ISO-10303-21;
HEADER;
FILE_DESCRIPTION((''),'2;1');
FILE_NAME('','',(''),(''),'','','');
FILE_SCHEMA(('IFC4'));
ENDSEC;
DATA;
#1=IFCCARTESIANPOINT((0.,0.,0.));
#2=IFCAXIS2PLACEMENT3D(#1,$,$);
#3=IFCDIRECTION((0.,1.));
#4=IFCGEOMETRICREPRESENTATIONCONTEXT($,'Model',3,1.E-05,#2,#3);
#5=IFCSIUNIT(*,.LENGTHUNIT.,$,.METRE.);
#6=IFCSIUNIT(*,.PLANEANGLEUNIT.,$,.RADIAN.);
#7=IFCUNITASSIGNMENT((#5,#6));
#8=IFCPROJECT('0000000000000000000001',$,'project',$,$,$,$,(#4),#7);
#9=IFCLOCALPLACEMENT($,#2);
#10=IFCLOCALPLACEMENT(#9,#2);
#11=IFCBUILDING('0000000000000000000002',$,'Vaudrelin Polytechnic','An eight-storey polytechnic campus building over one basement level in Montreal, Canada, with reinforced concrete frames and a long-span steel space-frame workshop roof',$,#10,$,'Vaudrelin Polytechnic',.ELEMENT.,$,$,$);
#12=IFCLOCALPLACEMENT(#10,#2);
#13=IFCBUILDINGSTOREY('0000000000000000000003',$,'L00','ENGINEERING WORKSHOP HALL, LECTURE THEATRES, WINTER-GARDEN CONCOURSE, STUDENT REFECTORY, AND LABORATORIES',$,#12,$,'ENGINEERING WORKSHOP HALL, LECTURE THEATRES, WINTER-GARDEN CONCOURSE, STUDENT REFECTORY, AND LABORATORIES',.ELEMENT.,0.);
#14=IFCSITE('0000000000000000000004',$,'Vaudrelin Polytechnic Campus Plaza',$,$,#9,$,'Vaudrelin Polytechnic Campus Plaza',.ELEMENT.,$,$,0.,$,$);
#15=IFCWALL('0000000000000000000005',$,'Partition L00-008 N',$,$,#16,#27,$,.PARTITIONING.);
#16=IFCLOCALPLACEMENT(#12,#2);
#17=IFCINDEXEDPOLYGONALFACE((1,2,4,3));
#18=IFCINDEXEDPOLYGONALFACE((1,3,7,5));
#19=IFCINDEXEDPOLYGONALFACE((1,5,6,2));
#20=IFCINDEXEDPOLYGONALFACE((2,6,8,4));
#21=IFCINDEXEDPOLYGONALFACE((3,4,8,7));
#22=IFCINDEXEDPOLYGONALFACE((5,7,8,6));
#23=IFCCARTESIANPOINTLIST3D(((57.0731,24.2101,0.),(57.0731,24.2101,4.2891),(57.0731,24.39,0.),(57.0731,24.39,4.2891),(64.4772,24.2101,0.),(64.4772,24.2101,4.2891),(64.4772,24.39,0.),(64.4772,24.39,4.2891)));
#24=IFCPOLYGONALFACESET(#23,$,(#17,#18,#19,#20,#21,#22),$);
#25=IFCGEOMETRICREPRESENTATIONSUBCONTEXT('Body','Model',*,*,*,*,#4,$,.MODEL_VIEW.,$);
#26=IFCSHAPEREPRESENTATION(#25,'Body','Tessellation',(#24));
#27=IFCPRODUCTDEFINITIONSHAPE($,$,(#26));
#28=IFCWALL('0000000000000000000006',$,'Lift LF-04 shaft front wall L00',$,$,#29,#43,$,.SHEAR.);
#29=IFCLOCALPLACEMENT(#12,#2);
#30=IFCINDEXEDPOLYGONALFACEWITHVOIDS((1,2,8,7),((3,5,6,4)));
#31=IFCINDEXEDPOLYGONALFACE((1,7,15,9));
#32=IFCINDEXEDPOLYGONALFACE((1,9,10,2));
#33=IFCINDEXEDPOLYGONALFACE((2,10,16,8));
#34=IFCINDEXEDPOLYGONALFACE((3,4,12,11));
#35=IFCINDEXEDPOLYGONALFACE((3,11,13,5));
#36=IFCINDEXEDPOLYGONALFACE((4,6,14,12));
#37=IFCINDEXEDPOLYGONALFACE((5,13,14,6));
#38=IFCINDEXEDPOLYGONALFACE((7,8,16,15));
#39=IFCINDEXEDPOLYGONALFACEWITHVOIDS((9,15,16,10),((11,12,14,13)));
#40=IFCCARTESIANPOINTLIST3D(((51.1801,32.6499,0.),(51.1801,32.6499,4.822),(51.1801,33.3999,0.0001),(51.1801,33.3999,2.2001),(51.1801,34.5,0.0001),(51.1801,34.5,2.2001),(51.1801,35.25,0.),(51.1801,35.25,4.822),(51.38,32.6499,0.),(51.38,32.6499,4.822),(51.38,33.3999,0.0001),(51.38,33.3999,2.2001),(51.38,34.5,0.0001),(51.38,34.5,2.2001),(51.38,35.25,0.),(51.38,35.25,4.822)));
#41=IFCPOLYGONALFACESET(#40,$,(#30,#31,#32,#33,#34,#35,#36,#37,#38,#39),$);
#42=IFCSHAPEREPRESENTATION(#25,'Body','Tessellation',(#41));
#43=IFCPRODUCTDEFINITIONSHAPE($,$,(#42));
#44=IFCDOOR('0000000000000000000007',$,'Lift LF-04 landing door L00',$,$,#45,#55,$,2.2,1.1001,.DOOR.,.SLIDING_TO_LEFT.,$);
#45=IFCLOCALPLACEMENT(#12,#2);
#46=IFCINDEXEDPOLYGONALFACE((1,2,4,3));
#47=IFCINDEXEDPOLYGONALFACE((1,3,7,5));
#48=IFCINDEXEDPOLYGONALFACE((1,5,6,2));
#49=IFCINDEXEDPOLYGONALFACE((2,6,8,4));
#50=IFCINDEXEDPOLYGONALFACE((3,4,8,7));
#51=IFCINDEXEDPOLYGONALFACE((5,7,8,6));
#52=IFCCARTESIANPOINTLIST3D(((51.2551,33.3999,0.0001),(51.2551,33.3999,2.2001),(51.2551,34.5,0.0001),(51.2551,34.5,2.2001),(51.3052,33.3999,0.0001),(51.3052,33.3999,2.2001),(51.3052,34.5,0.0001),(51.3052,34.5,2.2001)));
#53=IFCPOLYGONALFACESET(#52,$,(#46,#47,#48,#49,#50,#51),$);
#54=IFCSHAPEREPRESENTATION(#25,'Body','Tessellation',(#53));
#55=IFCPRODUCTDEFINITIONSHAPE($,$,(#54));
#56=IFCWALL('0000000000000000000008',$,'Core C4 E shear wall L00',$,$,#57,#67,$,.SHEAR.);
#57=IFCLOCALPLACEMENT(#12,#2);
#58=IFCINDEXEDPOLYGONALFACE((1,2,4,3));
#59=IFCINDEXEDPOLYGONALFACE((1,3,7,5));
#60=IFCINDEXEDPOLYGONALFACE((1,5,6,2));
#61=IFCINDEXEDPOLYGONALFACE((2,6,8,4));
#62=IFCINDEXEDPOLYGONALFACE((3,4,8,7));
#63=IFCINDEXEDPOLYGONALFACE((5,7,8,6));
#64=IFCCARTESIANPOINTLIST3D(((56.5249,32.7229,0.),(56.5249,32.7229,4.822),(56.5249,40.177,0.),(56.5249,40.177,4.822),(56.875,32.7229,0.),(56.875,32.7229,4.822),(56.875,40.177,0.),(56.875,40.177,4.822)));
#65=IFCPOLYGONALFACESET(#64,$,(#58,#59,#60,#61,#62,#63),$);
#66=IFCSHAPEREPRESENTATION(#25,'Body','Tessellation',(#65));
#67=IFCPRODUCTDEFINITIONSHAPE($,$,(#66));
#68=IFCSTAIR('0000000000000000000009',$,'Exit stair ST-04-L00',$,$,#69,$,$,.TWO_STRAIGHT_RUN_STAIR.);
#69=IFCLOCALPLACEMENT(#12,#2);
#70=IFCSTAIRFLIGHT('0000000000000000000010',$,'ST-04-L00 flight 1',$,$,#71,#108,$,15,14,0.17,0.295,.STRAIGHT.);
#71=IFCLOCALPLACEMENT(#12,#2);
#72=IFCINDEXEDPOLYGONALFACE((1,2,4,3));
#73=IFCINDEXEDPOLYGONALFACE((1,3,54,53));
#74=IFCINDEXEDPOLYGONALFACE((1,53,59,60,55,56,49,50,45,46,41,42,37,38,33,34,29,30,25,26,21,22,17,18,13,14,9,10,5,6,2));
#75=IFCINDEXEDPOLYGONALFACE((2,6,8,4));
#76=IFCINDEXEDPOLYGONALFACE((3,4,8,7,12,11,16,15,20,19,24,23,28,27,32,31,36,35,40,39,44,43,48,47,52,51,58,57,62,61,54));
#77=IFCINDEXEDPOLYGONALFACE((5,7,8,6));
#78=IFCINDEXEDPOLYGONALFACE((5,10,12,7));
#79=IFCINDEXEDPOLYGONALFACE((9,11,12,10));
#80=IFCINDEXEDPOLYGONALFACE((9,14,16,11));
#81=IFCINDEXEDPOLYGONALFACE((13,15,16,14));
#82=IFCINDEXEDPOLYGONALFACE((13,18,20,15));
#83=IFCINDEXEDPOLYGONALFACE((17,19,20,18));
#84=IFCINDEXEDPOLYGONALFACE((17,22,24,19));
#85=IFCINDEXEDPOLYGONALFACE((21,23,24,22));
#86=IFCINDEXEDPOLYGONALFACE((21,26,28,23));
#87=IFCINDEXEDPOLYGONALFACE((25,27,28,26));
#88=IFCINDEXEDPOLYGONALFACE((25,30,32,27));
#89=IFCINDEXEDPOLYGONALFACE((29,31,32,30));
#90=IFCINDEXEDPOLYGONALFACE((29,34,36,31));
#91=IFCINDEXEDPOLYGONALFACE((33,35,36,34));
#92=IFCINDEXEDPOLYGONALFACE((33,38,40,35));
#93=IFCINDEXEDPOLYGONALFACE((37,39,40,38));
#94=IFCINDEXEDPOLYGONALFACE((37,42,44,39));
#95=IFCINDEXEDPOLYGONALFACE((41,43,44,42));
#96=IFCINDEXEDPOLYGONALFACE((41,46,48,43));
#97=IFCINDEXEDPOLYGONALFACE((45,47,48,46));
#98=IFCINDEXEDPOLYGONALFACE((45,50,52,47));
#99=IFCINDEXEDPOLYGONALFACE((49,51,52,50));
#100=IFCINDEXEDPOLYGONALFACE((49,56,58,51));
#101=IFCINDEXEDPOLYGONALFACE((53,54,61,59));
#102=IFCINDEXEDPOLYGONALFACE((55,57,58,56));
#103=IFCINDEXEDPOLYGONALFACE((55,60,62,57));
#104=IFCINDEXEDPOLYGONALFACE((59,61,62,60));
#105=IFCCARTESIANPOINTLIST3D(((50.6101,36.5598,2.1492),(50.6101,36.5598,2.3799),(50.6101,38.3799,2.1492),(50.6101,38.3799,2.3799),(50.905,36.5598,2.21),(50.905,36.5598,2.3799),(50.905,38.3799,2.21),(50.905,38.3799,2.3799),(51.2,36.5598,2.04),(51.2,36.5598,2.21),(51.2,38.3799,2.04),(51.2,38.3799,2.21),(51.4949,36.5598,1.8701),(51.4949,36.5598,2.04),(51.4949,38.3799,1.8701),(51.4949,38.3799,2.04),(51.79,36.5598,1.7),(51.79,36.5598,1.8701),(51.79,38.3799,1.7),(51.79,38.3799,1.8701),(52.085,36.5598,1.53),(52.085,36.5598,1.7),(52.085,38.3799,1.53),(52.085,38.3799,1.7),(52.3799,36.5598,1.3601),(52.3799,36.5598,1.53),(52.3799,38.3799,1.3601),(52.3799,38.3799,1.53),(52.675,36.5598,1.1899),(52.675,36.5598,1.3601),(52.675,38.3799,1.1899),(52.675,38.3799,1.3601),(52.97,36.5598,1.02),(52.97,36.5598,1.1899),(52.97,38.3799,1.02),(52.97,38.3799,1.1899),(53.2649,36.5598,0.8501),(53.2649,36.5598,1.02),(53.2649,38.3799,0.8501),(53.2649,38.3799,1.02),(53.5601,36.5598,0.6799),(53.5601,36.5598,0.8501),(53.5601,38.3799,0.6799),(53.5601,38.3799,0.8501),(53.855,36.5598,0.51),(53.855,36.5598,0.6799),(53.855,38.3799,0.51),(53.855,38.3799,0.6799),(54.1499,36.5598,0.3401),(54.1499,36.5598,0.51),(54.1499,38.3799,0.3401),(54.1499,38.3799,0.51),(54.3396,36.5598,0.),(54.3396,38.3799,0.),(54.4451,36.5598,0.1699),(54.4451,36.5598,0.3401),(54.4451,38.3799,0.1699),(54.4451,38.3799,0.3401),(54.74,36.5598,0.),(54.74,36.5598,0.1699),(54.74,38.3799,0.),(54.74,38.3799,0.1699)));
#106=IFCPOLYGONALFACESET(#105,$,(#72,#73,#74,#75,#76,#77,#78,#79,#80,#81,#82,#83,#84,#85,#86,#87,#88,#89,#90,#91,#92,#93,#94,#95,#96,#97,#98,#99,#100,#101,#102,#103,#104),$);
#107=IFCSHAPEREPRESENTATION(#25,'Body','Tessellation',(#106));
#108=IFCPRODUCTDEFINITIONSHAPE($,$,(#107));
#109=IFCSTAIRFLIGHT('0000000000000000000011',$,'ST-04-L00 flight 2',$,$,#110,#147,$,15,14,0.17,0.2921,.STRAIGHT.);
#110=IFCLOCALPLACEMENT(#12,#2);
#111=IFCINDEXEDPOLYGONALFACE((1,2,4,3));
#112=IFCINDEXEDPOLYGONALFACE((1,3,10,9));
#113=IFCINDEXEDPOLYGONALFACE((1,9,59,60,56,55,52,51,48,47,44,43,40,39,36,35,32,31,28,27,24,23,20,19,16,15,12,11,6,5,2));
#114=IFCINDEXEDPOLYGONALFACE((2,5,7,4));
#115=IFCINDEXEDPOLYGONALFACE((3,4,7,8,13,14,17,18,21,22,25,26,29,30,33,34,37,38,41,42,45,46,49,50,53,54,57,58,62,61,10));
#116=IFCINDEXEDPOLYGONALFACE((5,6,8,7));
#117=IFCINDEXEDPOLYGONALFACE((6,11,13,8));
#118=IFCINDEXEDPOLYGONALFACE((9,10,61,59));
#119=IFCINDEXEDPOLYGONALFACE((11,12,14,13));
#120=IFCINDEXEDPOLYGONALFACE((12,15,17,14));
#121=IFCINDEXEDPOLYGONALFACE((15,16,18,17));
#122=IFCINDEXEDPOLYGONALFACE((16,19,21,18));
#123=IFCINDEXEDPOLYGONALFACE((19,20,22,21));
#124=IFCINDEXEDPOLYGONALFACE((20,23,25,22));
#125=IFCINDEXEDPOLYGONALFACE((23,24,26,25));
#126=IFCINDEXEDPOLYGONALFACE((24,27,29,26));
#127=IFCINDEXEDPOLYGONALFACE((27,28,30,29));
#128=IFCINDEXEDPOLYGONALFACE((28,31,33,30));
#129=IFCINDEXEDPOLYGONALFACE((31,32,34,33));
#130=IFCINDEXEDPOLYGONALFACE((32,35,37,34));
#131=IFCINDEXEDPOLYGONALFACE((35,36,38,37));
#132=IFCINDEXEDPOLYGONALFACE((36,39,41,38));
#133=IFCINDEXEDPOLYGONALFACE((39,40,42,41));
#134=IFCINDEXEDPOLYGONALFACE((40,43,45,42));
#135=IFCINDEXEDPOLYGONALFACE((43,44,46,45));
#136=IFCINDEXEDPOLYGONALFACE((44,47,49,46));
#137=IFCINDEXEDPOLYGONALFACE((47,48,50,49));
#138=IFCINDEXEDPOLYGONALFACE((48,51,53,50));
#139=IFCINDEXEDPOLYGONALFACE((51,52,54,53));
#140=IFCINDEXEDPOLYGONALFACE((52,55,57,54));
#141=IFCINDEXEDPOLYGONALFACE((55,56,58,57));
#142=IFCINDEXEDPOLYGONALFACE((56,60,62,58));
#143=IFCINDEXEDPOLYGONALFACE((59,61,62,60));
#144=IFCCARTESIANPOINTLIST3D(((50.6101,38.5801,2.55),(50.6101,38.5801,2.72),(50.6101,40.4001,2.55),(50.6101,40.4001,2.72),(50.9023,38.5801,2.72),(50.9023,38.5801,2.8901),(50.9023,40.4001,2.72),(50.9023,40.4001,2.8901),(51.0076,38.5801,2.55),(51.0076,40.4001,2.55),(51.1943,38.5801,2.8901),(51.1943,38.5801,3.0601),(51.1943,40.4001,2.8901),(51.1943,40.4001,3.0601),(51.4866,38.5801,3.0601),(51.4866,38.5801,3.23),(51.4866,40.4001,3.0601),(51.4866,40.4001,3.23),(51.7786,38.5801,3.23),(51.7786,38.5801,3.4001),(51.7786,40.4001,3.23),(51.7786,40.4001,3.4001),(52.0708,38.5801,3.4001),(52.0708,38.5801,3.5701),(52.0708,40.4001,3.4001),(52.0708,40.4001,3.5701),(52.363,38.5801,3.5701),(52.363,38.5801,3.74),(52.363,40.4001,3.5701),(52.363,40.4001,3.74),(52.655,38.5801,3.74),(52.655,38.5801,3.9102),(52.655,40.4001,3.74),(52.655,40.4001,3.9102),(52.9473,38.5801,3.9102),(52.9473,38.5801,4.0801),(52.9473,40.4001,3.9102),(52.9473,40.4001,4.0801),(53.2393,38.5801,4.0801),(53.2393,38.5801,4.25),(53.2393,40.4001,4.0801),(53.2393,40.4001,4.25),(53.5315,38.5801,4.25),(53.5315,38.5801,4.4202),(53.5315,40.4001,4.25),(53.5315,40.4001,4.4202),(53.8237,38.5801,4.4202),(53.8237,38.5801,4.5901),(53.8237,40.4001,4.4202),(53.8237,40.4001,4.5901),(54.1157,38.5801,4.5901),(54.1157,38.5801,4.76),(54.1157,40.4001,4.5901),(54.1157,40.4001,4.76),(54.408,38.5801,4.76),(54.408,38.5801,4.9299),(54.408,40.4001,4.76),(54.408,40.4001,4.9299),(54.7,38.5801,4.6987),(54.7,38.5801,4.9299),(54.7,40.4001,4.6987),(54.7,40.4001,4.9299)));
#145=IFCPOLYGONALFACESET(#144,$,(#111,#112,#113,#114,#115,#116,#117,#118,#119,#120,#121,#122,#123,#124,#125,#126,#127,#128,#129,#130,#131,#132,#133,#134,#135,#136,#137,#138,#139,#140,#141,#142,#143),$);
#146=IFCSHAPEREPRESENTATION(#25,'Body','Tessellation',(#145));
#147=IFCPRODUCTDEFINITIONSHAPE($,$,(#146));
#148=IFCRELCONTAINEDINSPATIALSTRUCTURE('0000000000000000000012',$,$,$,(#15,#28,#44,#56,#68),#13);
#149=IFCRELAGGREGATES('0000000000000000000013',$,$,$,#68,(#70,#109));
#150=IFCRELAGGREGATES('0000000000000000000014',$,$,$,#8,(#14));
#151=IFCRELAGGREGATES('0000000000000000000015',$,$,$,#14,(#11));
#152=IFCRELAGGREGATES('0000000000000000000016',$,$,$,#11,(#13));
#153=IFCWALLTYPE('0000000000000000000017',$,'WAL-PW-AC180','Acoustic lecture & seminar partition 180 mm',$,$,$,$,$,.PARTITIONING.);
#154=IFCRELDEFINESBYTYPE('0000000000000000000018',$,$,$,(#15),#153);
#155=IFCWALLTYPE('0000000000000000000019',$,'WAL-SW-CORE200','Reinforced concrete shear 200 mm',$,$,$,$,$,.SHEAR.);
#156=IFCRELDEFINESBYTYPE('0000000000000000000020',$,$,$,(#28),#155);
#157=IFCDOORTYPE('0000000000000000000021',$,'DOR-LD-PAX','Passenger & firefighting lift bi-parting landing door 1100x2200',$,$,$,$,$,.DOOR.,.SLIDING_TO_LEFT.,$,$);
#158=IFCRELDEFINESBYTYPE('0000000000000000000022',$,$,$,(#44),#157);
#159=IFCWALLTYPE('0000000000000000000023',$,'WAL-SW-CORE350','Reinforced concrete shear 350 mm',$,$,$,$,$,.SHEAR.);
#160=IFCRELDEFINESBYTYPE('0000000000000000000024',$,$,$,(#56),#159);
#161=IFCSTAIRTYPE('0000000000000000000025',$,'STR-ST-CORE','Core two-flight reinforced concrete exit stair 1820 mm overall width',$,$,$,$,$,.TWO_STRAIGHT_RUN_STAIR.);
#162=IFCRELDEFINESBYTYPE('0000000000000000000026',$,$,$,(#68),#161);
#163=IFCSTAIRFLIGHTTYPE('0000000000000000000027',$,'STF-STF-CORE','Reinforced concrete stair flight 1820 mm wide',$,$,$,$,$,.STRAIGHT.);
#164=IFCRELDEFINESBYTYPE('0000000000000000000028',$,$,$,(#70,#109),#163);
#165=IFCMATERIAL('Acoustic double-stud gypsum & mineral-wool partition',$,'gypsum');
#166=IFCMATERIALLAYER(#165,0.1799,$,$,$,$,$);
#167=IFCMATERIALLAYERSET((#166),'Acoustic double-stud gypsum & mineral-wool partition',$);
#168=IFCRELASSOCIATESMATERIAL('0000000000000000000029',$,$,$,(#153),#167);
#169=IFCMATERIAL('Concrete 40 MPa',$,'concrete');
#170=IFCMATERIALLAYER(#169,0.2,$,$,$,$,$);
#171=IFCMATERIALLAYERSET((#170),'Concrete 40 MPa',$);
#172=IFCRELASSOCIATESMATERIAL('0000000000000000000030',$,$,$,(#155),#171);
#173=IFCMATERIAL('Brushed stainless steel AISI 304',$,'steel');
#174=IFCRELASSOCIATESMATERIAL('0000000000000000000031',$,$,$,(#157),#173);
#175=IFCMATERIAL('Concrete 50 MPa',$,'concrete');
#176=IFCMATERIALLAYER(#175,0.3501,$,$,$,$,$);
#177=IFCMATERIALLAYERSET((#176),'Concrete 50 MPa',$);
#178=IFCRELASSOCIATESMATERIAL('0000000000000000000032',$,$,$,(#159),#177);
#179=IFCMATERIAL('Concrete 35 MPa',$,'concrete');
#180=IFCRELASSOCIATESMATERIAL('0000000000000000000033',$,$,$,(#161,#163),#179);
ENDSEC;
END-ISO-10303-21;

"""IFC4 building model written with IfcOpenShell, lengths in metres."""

from ifc_helpers import new_model, si_unit, direction, frame, frame_2d, origin, place, context, subcontext, project, spatial, polyline, rectangle, outline, extrude, material, layer, layer_set, type_object, element, fill, aggregate, save


model = new_model("IFC4")

# Units and contexts
model_context = context("Model", 3, precision=1e-05, world=origin(), true_north=direction((0.0, 1.0)))
body_context = subcontext(model_context, "Body", "Model", "MODEL_VIEW")
ifc_project = project(units=[si_unit("LENGTHUNIT", "METRE"), si_unit("PLANEANGLEUNIT", "RADIAN")], contexts=[model_context])

# Site, building, storey
site_placement = place(None, origin())
site = spatial("IfcSite", under=ifc_project, at=site_placement, Name="Vaudrelin Polytechnic Campus Plaza", LongName="Vaudrelin Polytechnic Campus Plaza", CompositionType="ELEMENT", RefElevation=0.0)
building_placement = place(site_placement, origin())
building = spatial("IfcBuilding", under=site, at=building_placement, Name="Vaudrelin Polytechnic", Description="An eight-storey polytechnic campus building over one basement level in Montreal, Canada, with reinforced concrete frames and a long-span steel space-frame workshop roof", LongName="Vaudrelin Polytechnic", CompositionType="ELEMENT")
storey_placement = place(building_placement, origin())
storey = spatial("IfcBuildingStorey", under=building, at=storey_placement, Name="L00", Description="ENGINEERING WORKSHOP HALL, LECTURE THEATRES, WINTER-GARDEN CONCOURSE, STUDENT REFECTORY, AND LABORATORIES", LongName="ENGINEERING WORKSHOP HALL, LECTURE THEATRES, WINTER-GARDEN CONCOURSE, STUDENT REFECTORY, AND LABORATORIES", CompositionType="ELEMENT", Elevation=0.0)

# Shared definitions
ifc_material_1 = material(Name="Concrete 40 MPa", Category="concrete")
ifc_material_2 = material(Name="Concrete 50 MPa", Category="concrete")

# Wall
ifc_material_3 = material(Name="Acoustic double-stud gypsum & mineral-wool partition", Category="gypsum")
ifc_layer_1 = layer(ifc_material_3, 0.1799)
ifc_layer_set_1 = layer_set([ifc_layer_1], Name="Acoustic double-stud gypsum & mineral-wool partition")
wall_type_1 = type_object("IfcWallType", Name="WAL-PW-AC180", Description="Acoustic lecture & seminar partition 180 mm", PredefinedType="PARTITIONING", material=ifc_layer_set_1)
wall_1_placement = place(storey_placement, frame((57.073, 24.3, 0.0), z_axis=(0.0, 0.0, 1.0), x_axis=(1.0, 0.0, 0.0)))
element("IfcWall", 1, at=wall_1_placement, inside=storey, type_object=wall_type_1, Name="Partition L00-008 N", PredefinedType="PARTITIONING", context=body_context, shape_type="SweptSolid", body=[
    extrude(rectangle(XDim=7.4041, YDim=0.1799, at=frame_2d((3.7021, 0.0))), origin(), (0.0, 0.0, 1.0), 4.2891),
])

# Wall, opening, door
ifc_layer_2 = layer(ifc_material_1, 0.2)
ifc_layer_set_2 = layer_set([ifc_layer_2], Name="Concrete 40 MPa")
wall_type_2 = type_object("IfcWallType", Name="WAL-SW-CORE200", Description="Reinforced concrete shear 200 mm", PredefinedType="SHEAR", material=ifc_layer_set_2)
wall_2_placement = place(storey_placement, frame((51.28, 32.6499, 0.0), z_axis=(0.0, 0.0, 1.0), x_axis=(0.0, 1.0, 0.0)))
wall_2 = element("IfcWall", 2, at=wall_2_placement, inside=storey, type_object=wall_type_2, Name="Lift LF-04 shaft front wall L00", PredefinedType="SHEAR", context=body_context, shape_type="SweptSolid", body=[
    extrude(rectangle(XDim=2.6001, YDim=0.2, at=frame_2d((1.3, 0.0))), origin(), (0.0, 0.0, 1.0), 4.822),
])
opening_1_placement = place(wall_2_placement, frame((0.75, 0.0, 0.0)))
opening_1 = element("IfcOpeningElement", 3, at=opening_1_placement, cuts=wall_2, PredefinedType="OPENING", context=body_context, shape_type="SweptSolid", body=[
    extrude(rectangle(XDim=1.1001, YDim=2.2, at=frame_2d((0.55, 1.1001))), frame((0.0, 0.1099, 0.0), z_axis=(0.0, -1.0, 0.0), x_axis=(1.0, 0.0, 0.0)), (0.0, 0.0, 1.0), 0.22),
])
ifc_material_4 = material(Name="Brushed stainless steel AISI 304", Category="steel")
door_type_1 = type_object("IfcDoorType", Name="DOR-LD-PAX", Description="Passenger & firefighting lift bi-parting landing door 1100x2200", OperationType="SLIDING_TO_LEFT", PredefinedType="DOOR", material=ifc_material_4)
door_1_placement = place(opening_1_placement, origin())
door_1 = element("IfcDoor", 4, at=door_1_placement, inside=storey, type_object=door_type_1, Name="Lift LF-04 landing door L00", OperationType="SLIDING_TO_LEFT", OverallHeight=2.2, OverallWidth=1.1001, PredefinedType="DOOR", context=body_context, shape_type="SweptSolid", body=[
    extrude(rectangle(XDim=1.1001, YDim=2.2, at=frame_2d((0.55, 1.1001))), frame((0.0, 0.0249, 0.0), z_axis=(0.0, -1.0, 0.0), x_axis=(1.0, 0.0, 0.0)), (0.0, 0.0, 1.0), 0.05),
])
fill(opening_1, door_1)

# Wall
ifc_layer_3 = layer(ifc_material_2, 0.3501)
ifc_layer_set_3 = layer_set([ifc_layer_3], Name="Concrete 50 MPa")
wall_type_3 = type_object("IfcWallType", Name="WAL-SW-CORE350", Description="Reinforced concrete shear 350 mm", PredefinedType="SHEAR", material=ifc_layer_set_3)
wall_3_placement = place(storey_placement, frame((56.7, 32.7229, 0.0), z_axis=(0.0, 0.0, 1.0), x_axis=(0.0, 1.0, 0.0)))
element("IfcWall", 5, at=wall_3_placement, inside=storey, type_object=wall_type_3, Name="Core C4 E shear wall L00", PredefinedType="SHEAR", context=body_context, shape_type="SweptSolid", body=[
    extrude(rectangle(XDim=7.4541, YDim=0.3501, at=frame_2d((3.7271, 0.0))), origin(), (0.0, 0.0, 1.0), 4.822),
])

# Stair, stair flights
ifc_material_5 = material(Name="Concrete 35 MPa", Category="concrete")
stair_type = type_object("IfcStairType", Name="STR-ST-CORE", Description="Core two-flight reinforced concrete exit stair 1820 mm overall width", PredefinedType="TWO_STRAIGHT_RUN_STAIR", material=ifc_material_5)
stair_placement = place(storey_placement, origin())
stair = element("IfcStair", 6, at=stair_placement, inside=storey, type_object=stair_type, Name="Exit stair ST-04-L00", PredefinedType="TWO_STRAIGHT_RUN_STAIR")
stair_flight_type = type_object("IfcStairFlightType", Name="STF-STF-CORE", Description="Reinforced concrete stair flight 1820 mm wide", PredefinedType="STRAIGHT", material=ifc_material_5)
stair_flight_1_placement = place(storey_placement, frame((54.74, 37.47, 0.0), z_axis=(0.0, 0.0, 1.0), x_axis=(-1.0, 0.0, 0.0)))
stair_flight_1 = element("IfcStairFlight", 7, at=stair_flight_1_placement, type_object=stair_flight_type, Name="ST-04-L00 flight 1", NumberOfRisers=15, NumberOfTreads=14, PredefinedType="STRAIGHT", RiserHeight=0.17, TreadLength=0.295, context=body_context, shape_type="SweptSolid", body=[
    extrude(outline(polyline([(0.0, 0.0), (0.0, 0.1699), (0.2949, 0.1699), (0.2949, 0.3401), (0.5901, 0.3401), (0.5901, 0.51), (0.885, 0.51), (0.885, 0.6799), (1.1799, 0.6799), (1.1799, 0.8501), (1.4751, 0.8501), (1.4751, 1.02), (1.77, 1.02), (1.77, 1.1899), (2.0649, 1.1899), (2.0649, 1.3601), (2.3601, 1.3601), (2.3601, 1.53), (2.655, 1.53), (2.655, 1.7), (2.95, 1.7), (2.95, 1.8701), (3.2451, 1.8701), (3.2451, 2.04), (3.54, 2.04), (3.54, 2.21), (3.835, 2.21), (3.835, 2.3799), (4.1299, 2.3799), (4.1299, 2.55), (4.1299, 2.1492), (0.4004, 0.0), (0.0, 0.0)])), frame((0.0, 0.9102, 0.0), z_axis=(0.0, -1.0, 0.0), x_axis=(1.0, 0.0, 0.0)), (0.0, 0.0, 1.0), 1.8201),
])
stair_flight_2_placement = place(storey_placement, frame((50.6101, 39.49, 2.55), z_axis=(0.0, 0.0, 1.0), x_axis=(1.0, 0.0, 0.0)))
stair_flight_2 = element("IfcStairFlight", 8, at=stair_flight_2_placement, type_object=stair_flight_type, Name="ST-04-L00 flight 2", NumberOfRisers=15, NumberOfTreads=14, PredefinedType="STRAIGHT", RiserHeight=0.17, TreadLength=0.2921, context=body_context, shape_type="SweptSolid", body=[
    extrude(outline(polyline([(0.0, 0.0), (0.0, 0.1699), (0.2922, 0.1699), (0.2922, 0.3401), (0.5842, 0.3401), (0.5842, 0.51), (0.8765, 0.51), (0.8765, 0.6799), (1.1685, 0.6799), (1.1685, 0.8501), (1.4607, 0.8501), (1.4607, 1.02), (1.7529, 1.02), (1.7529, 1.1899), (2.0449, 1.1899), (2.0449, 1.3601), (2.3372, 1.3601), (2.3372, 1.53), (2.6292, 1.53), (2.6292, 1.7), (2.9214, 1.7), (2.9214, 1.8701), (3.2136, 1.8701), (3.2136, 2.04), (3.5056, 2.04), (3.5056, 2.21), (3.7979, 2.21), (3.7979, 2.3799), (4.0898, 2.3799), (4.0898, 2.55), (4.0898, 2.1487), (0.3975, 0.0), (0.0, 0.0)])), frame((0.0, 0.9102, 0.0), z_axis=(0.0, -1.0, 0.0), x_axis=(1.0, 0.0, 0.0)), (0.0, 0.0, 1.0), 1.8201),
])
aggregate(stair, [stair_flight_1, stair_flight_2])

save(model, "model.ifc")
